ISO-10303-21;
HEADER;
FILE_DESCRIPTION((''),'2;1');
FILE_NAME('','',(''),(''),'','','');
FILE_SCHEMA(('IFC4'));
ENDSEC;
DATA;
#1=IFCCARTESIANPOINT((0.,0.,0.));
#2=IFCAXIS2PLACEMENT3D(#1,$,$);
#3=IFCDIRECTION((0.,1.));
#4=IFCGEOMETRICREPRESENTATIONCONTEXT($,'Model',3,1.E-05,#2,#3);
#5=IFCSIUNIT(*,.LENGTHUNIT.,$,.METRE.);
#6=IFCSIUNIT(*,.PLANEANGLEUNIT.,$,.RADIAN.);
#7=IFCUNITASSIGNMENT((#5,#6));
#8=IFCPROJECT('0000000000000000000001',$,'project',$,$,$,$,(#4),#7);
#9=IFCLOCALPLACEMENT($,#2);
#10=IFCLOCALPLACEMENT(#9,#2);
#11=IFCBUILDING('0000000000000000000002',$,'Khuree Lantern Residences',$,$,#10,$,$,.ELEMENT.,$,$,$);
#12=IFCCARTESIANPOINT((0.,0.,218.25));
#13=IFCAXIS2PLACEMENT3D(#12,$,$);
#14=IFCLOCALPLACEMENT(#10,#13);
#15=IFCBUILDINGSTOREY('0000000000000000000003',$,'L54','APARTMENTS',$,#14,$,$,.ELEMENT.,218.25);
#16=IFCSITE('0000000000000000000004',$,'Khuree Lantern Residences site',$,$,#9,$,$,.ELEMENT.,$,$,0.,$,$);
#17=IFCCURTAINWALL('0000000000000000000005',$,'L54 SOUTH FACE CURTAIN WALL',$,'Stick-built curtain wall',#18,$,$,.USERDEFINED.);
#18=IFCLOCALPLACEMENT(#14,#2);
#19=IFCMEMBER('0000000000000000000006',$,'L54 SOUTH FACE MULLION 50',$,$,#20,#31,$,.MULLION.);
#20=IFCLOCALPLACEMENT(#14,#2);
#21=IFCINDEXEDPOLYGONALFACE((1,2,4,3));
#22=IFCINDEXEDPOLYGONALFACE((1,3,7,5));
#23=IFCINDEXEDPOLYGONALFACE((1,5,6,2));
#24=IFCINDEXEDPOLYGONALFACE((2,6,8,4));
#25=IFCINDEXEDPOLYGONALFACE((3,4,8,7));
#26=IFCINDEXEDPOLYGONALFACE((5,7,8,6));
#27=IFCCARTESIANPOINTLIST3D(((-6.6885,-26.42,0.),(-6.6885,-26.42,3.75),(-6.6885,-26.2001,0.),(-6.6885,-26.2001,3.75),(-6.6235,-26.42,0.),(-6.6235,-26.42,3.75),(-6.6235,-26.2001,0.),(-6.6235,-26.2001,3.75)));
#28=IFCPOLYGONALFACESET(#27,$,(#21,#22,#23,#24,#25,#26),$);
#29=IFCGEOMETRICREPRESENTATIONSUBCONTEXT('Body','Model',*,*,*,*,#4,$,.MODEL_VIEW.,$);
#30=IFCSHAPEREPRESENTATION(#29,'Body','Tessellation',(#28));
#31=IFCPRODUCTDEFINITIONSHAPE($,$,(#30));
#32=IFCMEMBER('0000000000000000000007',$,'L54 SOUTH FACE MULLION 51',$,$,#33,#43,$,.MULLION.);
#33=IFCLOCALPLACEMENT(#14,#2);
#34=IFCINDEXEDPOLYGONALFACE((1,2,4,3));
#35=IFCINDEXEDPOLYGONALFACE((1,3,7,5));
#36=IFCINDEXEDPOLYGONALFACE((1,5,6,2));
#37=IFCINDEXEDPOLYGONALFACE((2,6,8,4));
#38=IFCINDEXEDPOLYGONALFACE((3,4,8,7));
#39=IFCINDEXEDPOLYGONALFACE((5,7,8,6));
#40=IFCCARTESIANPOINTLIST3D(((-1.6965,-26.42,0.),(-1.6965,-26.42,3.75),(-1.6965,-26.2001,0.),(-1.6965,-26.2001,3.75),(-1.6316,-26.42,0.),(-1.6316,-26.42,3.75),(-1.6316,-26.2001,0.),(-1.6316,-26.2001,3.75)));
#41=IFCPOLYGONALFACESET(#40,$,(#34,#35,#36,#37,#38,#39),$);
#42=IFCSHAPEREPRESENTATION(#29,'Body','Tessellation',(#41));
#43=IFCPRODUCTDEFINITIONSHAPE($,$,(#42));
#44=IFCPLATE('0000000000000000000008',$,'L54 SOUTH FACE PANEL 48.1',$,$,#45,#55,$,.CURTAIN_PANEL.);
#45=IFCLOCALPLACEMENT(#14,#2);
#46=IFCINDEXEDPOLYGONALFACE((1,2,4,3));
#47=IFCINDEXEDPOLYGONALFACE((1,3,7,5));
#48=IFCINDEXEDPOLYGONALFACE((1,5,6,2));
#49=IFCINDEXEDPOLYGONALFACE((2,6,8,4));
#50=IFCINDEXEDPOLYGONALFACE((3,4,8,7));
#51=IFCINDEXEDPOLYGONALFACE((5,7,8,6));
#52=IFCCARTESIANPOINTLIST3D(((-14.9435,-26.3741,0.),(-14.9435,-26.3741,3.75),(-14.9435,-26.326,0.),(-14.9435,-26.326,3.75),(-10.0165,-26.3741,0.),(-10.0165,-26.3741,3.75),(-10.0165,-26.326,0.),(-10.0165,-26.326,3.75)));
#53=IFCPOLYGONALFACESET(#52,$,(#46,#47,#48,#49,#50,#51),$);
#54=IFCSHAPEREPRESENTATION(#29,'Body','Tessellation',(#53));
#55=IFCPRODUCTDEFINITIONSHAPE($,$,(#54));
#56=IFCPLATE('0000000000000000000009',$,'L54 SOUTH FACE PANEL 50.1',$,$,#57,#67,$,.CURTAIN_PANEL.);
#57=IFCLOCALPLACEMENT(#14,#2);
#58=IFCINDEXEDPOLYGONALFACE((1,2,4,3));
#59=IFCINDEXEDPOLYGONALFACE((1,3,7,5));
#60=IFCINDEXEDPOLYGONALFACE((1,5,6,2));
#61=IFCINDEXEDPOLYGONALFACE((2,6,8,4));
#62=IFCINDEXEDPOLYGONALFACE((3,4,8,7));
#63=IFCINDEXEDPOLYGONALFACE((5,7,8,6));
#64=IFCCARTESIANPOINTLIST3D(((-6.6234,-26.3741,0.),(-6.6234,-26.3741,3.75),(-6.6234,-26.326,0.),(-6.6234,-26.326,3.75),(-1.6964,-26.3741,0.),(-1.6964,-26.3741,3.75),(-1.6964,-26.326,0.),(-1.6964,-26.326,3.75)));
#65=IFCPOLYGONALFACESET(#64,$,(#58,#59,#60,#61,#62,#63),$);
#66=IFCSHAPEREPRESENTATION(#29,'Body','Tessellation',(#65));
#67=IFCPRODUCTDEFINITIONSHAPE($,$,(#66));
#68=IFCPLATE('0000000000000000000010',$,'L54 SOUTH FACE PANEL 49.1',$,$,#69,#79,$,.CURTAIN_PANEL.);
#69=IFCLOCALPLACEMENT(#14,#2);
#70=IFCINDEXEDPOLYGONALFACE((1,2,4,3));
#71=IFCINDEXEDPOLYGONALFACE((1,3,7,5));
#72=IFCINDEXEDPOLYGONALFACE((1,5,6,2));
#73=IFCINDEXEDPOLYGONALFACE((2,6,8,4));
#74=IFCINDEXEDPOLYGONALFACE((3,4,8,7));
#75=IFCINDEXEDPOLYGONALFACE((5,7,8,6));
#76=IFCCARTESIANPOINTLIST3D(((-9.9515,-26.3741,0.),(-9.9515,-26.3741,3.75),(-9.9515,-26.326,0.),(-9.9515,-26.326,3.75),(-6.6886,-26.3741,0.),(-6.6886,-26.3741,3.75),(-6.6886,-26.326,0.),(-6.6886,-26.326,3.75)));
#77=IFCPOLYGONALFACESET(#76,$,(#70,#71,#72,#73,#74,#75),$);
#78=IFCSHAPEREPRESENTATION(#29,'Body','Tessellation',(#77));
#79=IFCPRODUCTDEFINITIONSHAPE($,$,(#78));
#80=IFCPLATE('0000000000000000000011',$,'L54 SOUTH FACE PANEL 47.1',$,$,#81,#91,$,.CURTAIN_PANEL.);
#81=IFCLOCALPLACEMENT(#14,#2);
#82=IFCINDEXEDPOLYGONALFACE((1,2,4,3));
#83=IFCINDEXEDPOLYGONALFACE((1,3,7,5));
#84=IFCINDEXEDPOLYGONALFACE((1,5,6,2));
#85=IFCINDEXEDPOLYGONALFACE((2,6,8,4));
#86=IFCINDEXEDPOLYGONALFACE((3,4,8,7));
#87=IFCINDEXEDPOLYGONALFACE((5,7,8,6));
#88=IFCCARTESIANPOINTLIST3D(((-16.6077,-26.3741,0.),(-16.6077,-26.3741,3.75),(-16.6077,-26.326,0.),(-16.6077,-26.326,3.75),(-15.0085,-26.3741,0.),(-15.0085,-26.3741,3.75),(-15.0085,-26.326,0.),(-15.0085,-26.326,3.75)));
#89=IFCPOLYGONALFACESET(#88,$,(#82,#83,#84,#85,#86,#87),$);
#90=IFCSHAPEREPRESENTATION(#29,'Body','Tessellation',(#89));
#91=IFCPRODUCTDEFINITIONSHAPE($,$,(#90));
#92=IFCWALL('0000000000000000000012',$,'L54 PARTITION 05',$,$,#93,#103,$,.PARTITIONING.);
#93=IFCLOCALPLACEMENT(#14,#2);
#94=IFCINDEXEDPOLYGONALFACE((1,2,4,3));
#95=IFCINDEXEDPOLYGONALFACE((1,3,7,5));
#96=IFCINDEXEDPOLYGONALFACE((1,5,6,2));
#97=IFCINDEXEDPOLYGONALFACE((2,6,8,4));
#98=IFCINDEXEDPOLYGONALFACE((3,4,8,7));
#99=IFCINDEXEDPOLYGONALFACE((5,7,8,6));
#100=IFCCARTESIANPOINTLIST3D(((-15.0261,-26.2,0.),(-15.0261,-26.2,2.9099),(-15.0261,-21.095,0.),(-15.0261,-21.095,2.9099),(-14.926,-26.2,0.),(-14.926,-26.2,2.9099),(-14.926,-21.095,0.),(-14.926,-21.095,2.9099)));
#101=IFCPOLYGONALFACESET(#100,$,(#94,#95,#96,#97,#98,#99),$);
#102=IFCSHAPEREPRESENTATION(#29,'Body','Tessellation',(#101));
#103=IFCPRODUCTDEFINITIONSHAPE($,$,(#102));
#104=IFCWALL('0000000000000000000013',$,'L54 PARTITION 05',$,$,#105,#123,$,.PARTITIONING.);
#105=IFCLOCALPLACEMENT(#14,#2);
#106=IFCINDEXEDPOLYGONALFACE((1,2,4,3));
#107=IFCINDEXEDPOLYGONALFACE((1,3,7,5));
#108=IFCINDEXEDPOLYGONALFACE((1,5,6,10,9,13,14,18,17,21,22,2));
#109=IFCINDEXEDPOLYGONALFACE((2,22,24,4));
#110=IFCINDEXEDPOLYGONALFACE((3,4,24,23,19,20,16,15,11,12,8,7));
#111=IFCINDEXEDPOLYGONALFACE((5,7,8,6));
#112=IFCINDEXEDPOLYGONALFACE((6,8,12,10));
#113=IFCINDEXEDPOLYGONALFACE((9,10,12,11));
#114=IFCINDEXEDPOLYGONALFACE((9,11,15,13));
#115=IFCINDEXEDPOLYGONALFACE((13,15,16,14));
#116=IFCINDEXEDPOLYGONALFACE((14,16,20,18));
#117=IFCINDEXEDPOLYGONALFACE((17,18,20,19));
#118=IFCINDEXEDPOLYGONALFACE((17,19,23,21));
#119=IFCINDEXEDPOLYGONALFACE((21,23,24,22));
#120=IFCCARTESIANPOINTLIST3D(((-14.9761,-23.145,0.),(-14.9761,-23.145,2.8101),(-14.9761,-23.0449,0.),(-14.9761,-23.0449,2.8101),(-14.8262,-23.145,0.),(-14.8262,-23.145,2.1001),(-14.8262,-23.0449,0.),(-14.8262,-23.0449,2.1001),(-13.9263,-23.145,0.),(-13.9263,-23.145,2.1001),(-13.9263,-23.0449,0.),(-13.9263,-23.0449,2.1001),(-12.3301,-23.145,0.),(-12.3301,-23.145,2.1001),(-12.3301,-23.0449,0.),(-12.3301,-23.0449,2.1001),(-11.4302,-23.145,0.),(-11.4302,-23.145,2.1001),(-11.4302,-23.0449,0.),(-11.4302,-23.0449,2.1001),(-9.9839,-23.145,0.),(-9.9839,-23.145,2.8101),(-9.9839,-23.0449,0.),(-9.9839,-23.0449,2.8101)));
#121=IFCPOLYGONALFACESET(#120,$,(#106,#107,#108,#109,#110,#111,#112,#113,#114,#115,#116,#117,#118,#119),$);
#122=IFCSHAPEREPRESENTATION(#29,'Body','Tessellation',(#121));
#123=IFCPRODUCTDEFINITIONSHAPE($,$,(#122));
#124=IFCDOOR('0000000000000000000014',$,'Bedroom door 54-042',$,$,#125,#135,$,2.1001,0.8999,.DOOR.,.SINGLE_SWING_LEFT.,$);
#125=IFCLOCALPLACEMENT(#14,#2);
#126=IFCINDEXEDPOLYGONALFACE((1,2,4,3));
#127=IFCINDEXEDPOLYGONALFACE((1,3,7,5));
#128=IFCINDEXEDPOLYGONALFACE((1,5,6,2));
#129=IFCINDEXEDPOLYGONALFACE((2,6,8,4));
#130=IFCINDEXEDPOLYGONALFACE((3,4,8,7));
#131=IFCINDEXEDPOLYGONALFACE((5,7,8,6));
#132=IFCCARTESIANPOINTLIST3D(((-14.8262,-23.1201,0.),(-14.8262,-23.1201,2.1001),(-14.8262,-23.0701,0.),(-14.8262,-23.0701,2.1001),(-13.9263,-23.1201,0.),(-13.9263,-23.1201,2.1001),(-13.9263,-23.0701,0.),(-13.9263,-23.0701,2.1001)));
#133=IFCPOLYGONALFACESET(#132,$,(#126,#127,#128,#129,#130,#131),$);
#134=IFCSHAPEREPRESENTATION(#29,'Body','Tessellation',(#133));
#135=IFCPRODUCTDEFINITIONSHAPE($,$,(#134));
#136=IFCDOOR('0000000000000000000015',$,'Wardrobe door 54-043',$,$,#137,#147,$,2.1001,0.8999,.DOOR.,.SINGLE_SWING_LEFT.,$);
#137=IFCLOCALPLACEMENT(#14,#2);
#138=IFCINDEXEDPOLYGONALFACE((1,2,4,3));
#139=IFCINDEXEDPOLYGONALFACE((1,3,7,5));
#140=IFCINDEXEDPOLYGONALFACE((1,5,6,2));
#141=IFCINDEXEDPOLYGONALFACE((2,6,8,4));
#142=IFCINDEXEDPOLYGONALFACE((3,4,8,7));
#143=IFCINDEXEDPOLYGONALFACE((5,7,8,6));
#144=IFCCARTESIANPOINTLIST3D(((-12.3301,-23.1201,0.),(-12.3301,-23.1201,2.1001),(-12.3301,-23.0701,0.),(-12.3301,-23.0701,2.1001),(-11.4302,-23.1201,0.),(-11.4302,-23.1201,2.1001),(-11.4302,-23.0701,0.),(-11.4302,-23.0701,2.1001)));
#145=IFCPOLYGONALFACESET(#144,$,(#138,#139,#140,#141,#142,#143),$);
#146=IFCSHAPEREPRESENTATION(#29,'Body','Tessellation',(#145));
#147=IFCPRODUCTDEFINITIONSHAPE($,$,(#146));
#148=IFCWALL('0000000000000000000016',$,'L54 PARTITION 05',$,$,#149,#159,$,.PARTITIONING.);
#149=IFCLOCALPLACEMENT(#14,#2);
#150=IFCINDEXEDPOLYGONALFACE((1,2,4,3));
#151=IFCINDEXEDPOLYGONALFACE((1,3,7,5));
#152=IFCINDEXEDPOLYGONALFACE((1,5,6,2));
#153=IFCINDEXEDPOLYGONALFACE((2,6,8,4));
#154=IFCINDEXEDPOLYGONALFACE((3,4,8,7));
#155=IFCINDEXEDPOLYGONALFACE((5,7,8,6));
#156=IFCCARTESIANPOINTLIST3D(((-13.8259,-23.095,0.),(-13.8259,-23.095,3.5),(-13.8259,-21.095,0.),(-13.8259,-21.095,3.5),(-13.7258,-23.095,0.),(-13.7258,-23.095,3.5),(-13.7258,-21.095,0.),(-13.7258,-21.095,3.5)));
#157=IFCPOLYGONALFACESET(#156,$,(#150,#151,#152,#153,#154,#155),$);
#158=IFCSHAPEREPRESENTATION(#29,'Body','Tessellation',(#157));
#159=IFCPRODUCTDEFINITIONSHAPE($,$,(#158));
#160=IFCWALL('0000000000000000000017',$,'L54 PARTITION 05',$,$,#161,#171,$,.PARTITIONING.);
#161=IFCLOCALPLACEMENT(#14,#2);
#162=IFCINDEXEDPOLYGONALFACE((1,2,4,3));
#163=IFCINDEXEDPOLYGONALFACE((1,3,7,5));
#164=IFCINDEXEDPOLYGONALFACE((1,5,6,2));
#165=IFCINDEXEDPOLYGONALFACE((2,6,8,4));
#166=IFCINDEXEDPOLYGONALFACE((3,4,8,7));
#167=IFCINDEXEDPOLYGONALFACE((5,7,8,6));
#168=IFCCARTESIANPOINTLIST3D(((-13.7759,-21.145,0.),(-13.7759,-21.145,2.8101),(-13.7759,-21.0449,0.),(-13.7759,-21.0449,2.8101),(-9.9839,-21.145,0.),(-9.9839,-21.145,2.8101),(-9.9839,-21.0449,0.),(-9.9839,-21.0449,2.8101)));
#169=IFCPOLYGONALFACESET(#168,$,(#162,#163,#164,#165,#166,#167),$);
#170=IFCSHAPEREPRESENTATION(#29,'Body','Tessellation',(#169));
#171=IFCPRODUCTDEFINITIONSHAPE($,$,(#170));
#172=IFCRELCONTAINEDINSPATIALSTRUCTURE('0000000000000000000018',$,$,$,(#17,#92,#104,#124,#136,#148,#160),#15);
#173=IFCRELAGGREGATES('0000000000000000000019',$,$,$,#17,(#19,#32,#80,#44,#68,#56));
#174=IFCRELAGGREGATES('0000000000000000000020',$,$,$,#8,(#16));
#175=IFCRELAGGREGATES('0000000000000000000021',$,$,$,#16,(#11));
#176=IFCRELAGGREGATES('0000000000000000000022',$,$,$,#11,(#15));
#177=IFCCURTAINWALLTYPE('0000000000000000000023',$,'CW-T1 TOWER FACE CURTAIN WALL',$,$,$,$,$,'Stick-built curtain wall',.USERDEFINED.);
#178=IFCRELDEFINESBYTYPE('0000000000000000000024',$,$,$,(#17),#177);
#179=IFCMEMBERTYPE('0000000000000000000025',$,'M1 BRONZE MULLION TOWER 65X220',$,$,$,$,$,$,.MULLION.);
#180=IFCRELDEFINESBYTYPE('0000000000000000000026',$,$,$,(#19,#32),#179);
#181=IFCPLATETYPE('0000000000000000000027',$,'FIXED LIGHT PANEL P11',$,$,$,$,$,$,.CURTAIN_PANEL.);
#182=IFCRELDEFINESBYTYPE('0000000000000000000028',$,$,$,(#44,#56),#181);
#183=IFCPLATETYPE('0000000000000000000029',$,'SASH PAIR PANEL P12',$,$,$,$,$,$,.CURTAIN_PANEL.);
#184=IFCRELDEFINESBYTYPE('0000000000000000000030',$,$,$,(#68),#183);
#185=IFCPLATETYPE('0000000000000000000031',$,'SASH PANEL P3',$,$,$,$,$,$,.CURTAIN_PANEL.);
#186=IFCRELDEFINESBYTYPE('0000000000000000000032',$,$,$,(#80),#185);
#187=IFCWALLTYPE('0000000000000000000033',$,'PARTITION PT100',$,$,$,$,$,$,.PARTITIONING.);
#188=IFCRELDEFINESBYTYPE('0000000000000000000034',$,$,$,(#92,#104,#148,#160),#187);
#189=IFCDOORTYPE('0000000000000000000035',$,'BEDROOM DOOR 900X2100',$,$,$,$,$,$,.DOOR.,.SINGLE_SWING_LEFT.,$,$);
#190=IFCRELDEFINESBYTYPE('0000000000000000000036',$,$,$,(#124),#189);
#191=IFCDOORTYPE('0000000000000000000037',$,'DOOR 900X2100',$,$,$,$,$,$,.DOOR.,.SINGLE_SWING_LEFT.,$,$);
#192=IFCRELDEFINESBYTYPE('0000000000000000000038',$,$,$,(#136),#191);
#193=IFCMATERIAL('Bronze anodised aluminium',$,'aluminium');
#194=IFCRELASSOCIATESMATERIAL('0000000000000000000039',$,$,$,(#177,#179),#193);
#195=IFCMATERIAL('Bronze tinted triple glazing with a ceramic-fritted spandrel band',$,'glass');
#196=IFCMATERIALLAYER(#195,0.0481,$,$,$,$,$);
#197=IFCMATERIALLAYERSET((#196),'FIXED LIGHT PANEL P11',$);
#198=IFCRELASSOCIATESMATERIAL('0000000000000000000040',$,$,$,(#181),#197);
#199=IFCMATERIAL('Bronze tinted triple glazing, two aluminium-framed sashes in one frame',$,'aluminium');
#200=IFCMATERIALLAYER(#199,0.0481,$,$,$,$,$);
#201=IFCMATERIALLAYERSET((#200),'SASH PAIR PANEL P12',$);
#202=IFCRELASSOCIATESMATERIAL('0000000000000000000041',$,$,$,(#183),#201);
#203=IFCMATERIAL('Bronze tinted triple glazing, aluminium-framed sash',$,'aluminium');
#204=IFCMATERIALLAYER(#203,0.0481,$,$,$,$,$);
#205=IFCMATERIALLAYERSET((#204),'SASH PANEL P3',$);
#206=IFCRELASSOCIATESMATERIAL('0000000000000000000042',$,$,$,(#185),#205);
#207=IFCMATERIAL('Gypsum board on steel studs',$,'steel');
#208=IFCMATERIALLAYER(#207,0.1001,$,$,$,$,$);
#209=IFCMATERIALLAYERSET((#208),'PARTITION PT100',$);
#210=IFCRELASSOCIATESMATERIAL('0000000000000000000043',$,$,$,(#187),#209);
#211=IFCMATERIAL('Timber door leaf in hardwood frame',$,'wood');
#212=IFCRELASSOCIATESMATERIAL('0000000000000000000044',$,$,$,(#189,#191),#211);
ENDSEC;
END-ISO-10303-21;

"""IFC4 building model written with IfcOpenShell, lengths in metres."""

from ifc_helpers import new_model, si_unit, direction, frame, frame_2d, origin, origin_2d, place, context, subcontext, project, spatial, rectangle, extrude, material, layer, layer_set, material_profile, profile_set, type_object, element, fill, aggregate, save


model = new_model("IFC4")

# Units and contexts
model_context = context("Model", 3, precision=1e-05, world=origin(), true_north=direction((0.0, 1.0)))
body_context = subcontext(model_context, "Body", "Model", "MODEL_VIEW")
ifc_project = project(units=[si_unit("LENGTHUNIT", "METRE"), si_unit("PLANEANGLEUNIT", "RADIAN")], contexts=[model_context])

# Site, building, storey
site_placement = place(None, origin())
site = spatial("IfcSite", under=ifc_project, at=site_placement, Name="Khuree Lantern Residences site", CompositionType="ELEMENT", RefElevation=0.0)
building_placement = place(site_placement, origin())
building = spatial("IfcBuilding", under=site, at=building_placement, Name="Khuree Lantern Residences", CompositionType="ELEMENT")
storey_placement = place(building_placement, frame((0.0, 0.0, 218.25)))
storey = spatial("IfcBuildingStorey", under=building, at=storey_placement, Name="L54", Description="APARTMENTS", CompositionType="ELEMENT", Elevation=218.25)

# Curtain wall
ifc_material_1 = material(Name="Bronze anodised aluminium", Category="aluminium")
curtain_wall_type = type_object("IfcCurtainWallType", Name="CW-T1 TOWER FACE CURTAIN WALL", ElementType="Stick-built curtain wall", PredefinedType="USERDEFINED", material=ifc_material_1)
curtain_wall_placement = place(storey_placement, origin())
curtain_wall = element("IfcCurtainWall", 1, at=curtain_wall_placement, inside=storey, type_object=curtain_wall_type, Name="L54 SOUTH FACE CURTAIN WALL", ObjectType="Stick-built curtain wall", PredefinedType="USERDEFINED")

# Members
ifc_material_profile_1 = material_profile(ifc_material_1, rectangle(XDim=0.0649, YDim=0.22, at=origin_2d()), Name="M1 65X220")
ifc_profile_set_1 = profile_set([ifc_material_profile_1], Name="Bronze anodised aluminium")
member_type_1 = type_object("IfcMemberType", Name="M1 BRONZE MULLION TOWER 65X220", PredefinedType="MULLION", material=ifc_profile_set_1)
member_1_placement = place(storey_placement, frame((-6.656, -26.3101, 0.0), z_axis=(0.0, 0.0, 1.0), x_axis=(1.0, 0.0, 0.0)))
member_1 = element("IfcMember", 2, at=member_1_placement, type_object=member_type_1, Name="L54 SOUTH FACE MULLION 50", PredefinedType="MULLION", context=body_context, shape_type="SweptSolid", body=[
    extrude(rectangle(XDim=0.0649, YDim=0.22, at=origin_2d()), origin(), (0.0, 0.0, 1.0), 3.75),
])
member_2_placement = place(storey_placement, frame((-1.6641, -26.3101, 0.0), z_axis=(0.0, 0.0, 1.0), x_axis=(1.0, 0.0, 0.0)))
member_2 = element("IfcMember", 3, at=member_2_placement, type_object=member_type_1, Name="L54 SOUTH FACE MULLION 51", PredefinedType="MULLION", context=body_context, shape_type="SweptSolid", body=[
    extrude(rectangle(XDim=0.0649, YDim=0.22, at=origin_2d()), origin(), (0.0, 0.0, 1.0), 3.75),
])

# Plates
ifc_material_2 = material(Name="Bronze tinted triple glazing with a ceramic-fritted spandrel band", Category="glass")
ifc_layer_1 = layer(ifc_material_2, 0.0481)
ifc_layer_set_1 = layer_set([ifc_layer_1], Name="FIXED LIGHT PANEL P11")
plate_type_1 = type_object("IfcPlateType", Name="FIXED LIGHT PANEL P11", PredefinedType="CURTAIN_PANEL", material=ifc_layer_set_1)
plate_1_placement = place(storey_placement, frame((-12.48, -26.3501, 0.0), z_axis=(0.0, 0.0, 1.0), x_axis=(1.0, 0.0, 0.0)))
plate_1 = element("IfcPlate", 4, at=plate_1_placement, type_object=plate_type_1, Name="L54 SOUTH FACE PANEL 48.1", PredefinedType="CURTAIN_PANEL", context=body_context, shape_type="SweptSolid", body=[
    extrude(rectangle(XDim=4.927, YDim=0.0481, at=origin_2d()), origin(), (0.0, 0.0, 1.0), 3.75),
])
plate_2_placement = place(storey_placement, frame((-4.1599, -26.3501, 0.0), z_axis=(0.0, 0.0, 1.0), x_axis=(1.0, 0.0, 0.0)))
plate_2 = element("IfcPlate", 5, at=plate_2_placement, type_object=plate_type_1, Name="L54 SOUTH FACE PANEL 50.1", PredefinedType="CURTAIN_PANEL", context=body_context, shape_type="SweptSolid", body=[
    extrude(rectangle(XDim=4.927, YDim=0.0481, at=origin_2d()), origin(), (0.0, 0.0, 1.0), 3.75),
])
ifc_material_3 = material(Name="Bronze tinted triple glazing, two aluminium-framed sashes in one frame", Category="aluminium")
ifc_layer_2 = layer(ifc_material_3, 0.0481)
ifc_layer_set_2 = layer_set([ifc_layer_2], Name="SASH PAIR PANEL P12")
plate_type_2 = type_object("IfcPlateType", Name="SASH PAIR PANEL P12", PredefinedType="CURTAIN_PANEL", material=ifc_layer_set_2)
plate_3_placement = place(storey_placement, frame((-8.3201, -26.3501, 0.0), z_axis=(0.0, 0.0, 1.0), x_axis=(1.0, 0.0, 0.0)))
plate_3 = element("IfcPlate", 6, at=plate_3_placement, type_object=plate_type_2, Name="L54 SOUTH FACE PANEL 49.1", PredefinedType="CURTAIN_PANEL", context=body_context, shape_type="SweptSolid", body=[
    extrude(rectangle(XDim=3.2629, YDim=0.0481, at=origin_2d()), origin(), (0.0, 0.0, 1.0), 3.75),
])
ifc_material_4 = material(Name="Bronze tinted triple glazing, aluminium-framed sash", Category="aluminium")
ifc_layer_3 = layer(ifc_material_4, 0.0481)
ifc_layer_set_3 = layer_set([ifc_layer_3], Name="SASH PANEL P3")
plate_type_3 = type_object("IfcPlateType", Name="SASH PANEL P3", PredefinedType="CURTAIN_PANEL", material=ifc_layer_set_3)
plate_4_placement = place(storey_placement, frame((-15.8081, -26.3501, 0.0), z_axis=(0.0, 0.0, 1.0), x_axis=(1.0, 0.0, 0.0)))
plate_4 = element("IfcPlate", 7, at=plate_4_placement, type_object=plate_type_3, Name="L54 SOUTH FACE PANEL 47.1", PredefinedType="CURTAIN_PANEL", context=body_context, shape_type="SweptSolid", body=[
    extrude(rectangle(XDim=1.5991, YDim=0.0481, at=origin_2d()), origin(), (0.0, 0.0, 1.0), 3.75),
])
aggregate(curtain_wall, [member_1, member_2, plate_4, plate_1, plate_3, plate_2])

# Wall
ifc_material_5 = material(Name="Gypsum board on steel studs", Category="steel")
ifc_layer_4 = layer(ifc_material_5, 0.1001)
ifc_layer_set_4 = layer_set([ifc_layer_4], Name="PARTITION PT100")
wall_type = type_object("IfcWallType", Name="PARTITION PT100", PredefinedType="PARTITIONING", material=ifc_layer_set_4)
wall_1_placement = place(storey_placement, frame((-14.9761, -21.095, 0.0), z_axis=(0.0, 0.0, 1.0), x_axis=(0.0, -1.0, 0.0)))
element("IfcWall", 8, at=wall_1_placement, inside=storey, type_object=wall_type, Name="L54 PARTITION 05", PredefinedType="PARTITIONING", context=body_context, shape_type="SweptSolid", body=[
    extrude(rectangle(XDim=5.105, YDim=0.1001, at=frame_2d((2.5525, 0.0))), origin(), (0.0, 0.0, 1.0), 2.9099),
])

# Wall, openings, doors
wall_2_placement = place(storey_placement, frame((-14.9761, -23.095, 0.0), z_axis=(0.0, 0.0, 1.0), x_axis=(1.0, 0.0, 0.0)))
wall_2 = element("IfcWall", 9, at=wall_2_placement, inside=storey, type_object=wall_type, Name="L54 PARTITION 05", PredefinedType="PARTITIONING", context=body_context, shape_type="SweptSolid", body=[
    extrude(rectangle(XDim=4.9922, YDim=0.1001, at=frame_2d((2.4961, 0.0))), origin(), (0.0, 0.0, 1.0), 2.8101),
])
opening_1_placement = place(wall_2_placement, frame((0.1499, 0.0, 0.0)))
opening_1 = element("IfcOpeningElement", 10, at=opening_1_placement, cuts=wall_2, PredefinedType="OPENING", context=body_context, shape_type="SweptSolid", body=[
    extrude(rectangle(XDim=0.8999, YDim=2.1001, at=frame_2d((0.45, 1.05))), frame((0.0, 0.0601, 0.0), z_axis=(0.0, -1.0, 0.0), x_axis=(1.0, 0.0, 0.0)), (0.0, 0.0, 1.0), 0.1201),
])
opening_2_placement = place(wall_2_placement, frame((2.646, 0.0, 0.0)))
opening_2 = element("IfcOpeningElement", 11, at=opening_2_placement, cuts=wall_2, PredefinedType="OPENING", context=body_context, shape_type="SweptSolid", body=[
    extrude(rectangle(XDim=0.8999, YDim=2.1001, at=frame_2d((0.45, 1.05))), frame((0.0, 0.0601, 0.0), z_axis=(0.0, -1.0, 0.0), x_axis=(1.0, 0.0, 0.0)), (0.0, 0.0, 1.0), 0.1201),
])
ifc_material_6 = material(Name="Timber door leaf in hardwood frame", Category="wood")
door_type_1 = type_object("IfcDoorType", Name="BEDROOM DOOR 900X2100", OperationType="SINGLE_SWING_LEFT", PredefinedType="DOOR", material=ifc_material_6)
door_1_placement = place(opening_1_placement, origin())
door_1 = element("IfcDoor", 12, at=door_1_placement, inside=storey, type_object=door_type_1, Name="Bedroom door 54-042", OperationType="SINGLE_SWING_LEFT", OverallHeight=2.1001, OverallWidth=0.8999, PredefinedType="DOOR", context=body_context, shape_type="SweptSolid", body=[
    extrude(rectangle(XDim=0.8999, YDim=2.1001, at=frame_2d((0.45, 1.05))), frame((0.0, 0.0249, 0.0), z_axis=(0.0, -1.0, 0.0), x_axis=(1.0, 0.0, 0.0)), (0.0, 0.0, 1.0), 0.05),
])
fill(opening_1, door_1)
door_type_2 = type_object("IfcDoorType", Name="DOOR 900X2100", OperationType="SINGLE_SWING_LEFT", PredefinedType="DOOR", material=ifc_material_6)
door_2_placement = place(opening_2_placement, origin())
door_2 = element("IfcDoor", 13, at=door_2_placement, inside=storey, type_object=door_type_2, Name="Wardrobe door 54-043", OperationType="SINGLE_SWING_LEFT", OverallHeight=2.1001, OverallWidth=0.8999, PredefinedType="DOOR", context=body_context, shape_type="SweptSolid", body=[
    extrude(rectangle(XDim=0.8999, YDim=2.1001, at=frame_2d((0.45, 1.05))), frame((0.0, 0.0249, 0.0), z_axis=(0.0, -1.0, 0.0), x_axis=(1.0, 0.0, 0.0)), (0.0, 0.0, 1.0), 0.05),
])
fill(opening_2, door_2)

# Walls
wall_3_placement = place(storey_placement, frame((-13.7759, -21.095, 0.0), z_axis=(0.0, 0.0, 1.0), x_axis=(0.0, -1.0, 0.0)))
element("IfcWall", 14, at=wall_3_placement, inside=storey, type_object=wall_type, Name="L54 PARTITION 05", PredefinedType="PARTITIONING", context=body_context, shape_type="SweptSolid", body=[
    extrude(rectangle(XDim=2.0, YDim=0.1001, at=frame_2d((1.0, 0.0))), origin(), (0.0, 0.0, 1.0), 3.5),
])
wall_4_placement = place(storey_placement, frame((-13.7759, -21.095, 0.0), z_axis=(0.0, 0.0, 1.0), x_axis=(1.0, 0.0, 0.0)))
element("IfcWall", 15, at=wall_4_placement, inside=storey, type_object=wall_type, Name="L54 PARTITION 05", PredefinedType="PARTITIONING", context=body_context, shape_type="SweptSolid", body=[
    extrude(rectangle(XDim=3.792, YDim=0.1001, at=frame_2d((1.896, 0.0))), origin(), (0.0, 0.0, 1.0), 2.8101),
])

save(model, "model.ifc")
